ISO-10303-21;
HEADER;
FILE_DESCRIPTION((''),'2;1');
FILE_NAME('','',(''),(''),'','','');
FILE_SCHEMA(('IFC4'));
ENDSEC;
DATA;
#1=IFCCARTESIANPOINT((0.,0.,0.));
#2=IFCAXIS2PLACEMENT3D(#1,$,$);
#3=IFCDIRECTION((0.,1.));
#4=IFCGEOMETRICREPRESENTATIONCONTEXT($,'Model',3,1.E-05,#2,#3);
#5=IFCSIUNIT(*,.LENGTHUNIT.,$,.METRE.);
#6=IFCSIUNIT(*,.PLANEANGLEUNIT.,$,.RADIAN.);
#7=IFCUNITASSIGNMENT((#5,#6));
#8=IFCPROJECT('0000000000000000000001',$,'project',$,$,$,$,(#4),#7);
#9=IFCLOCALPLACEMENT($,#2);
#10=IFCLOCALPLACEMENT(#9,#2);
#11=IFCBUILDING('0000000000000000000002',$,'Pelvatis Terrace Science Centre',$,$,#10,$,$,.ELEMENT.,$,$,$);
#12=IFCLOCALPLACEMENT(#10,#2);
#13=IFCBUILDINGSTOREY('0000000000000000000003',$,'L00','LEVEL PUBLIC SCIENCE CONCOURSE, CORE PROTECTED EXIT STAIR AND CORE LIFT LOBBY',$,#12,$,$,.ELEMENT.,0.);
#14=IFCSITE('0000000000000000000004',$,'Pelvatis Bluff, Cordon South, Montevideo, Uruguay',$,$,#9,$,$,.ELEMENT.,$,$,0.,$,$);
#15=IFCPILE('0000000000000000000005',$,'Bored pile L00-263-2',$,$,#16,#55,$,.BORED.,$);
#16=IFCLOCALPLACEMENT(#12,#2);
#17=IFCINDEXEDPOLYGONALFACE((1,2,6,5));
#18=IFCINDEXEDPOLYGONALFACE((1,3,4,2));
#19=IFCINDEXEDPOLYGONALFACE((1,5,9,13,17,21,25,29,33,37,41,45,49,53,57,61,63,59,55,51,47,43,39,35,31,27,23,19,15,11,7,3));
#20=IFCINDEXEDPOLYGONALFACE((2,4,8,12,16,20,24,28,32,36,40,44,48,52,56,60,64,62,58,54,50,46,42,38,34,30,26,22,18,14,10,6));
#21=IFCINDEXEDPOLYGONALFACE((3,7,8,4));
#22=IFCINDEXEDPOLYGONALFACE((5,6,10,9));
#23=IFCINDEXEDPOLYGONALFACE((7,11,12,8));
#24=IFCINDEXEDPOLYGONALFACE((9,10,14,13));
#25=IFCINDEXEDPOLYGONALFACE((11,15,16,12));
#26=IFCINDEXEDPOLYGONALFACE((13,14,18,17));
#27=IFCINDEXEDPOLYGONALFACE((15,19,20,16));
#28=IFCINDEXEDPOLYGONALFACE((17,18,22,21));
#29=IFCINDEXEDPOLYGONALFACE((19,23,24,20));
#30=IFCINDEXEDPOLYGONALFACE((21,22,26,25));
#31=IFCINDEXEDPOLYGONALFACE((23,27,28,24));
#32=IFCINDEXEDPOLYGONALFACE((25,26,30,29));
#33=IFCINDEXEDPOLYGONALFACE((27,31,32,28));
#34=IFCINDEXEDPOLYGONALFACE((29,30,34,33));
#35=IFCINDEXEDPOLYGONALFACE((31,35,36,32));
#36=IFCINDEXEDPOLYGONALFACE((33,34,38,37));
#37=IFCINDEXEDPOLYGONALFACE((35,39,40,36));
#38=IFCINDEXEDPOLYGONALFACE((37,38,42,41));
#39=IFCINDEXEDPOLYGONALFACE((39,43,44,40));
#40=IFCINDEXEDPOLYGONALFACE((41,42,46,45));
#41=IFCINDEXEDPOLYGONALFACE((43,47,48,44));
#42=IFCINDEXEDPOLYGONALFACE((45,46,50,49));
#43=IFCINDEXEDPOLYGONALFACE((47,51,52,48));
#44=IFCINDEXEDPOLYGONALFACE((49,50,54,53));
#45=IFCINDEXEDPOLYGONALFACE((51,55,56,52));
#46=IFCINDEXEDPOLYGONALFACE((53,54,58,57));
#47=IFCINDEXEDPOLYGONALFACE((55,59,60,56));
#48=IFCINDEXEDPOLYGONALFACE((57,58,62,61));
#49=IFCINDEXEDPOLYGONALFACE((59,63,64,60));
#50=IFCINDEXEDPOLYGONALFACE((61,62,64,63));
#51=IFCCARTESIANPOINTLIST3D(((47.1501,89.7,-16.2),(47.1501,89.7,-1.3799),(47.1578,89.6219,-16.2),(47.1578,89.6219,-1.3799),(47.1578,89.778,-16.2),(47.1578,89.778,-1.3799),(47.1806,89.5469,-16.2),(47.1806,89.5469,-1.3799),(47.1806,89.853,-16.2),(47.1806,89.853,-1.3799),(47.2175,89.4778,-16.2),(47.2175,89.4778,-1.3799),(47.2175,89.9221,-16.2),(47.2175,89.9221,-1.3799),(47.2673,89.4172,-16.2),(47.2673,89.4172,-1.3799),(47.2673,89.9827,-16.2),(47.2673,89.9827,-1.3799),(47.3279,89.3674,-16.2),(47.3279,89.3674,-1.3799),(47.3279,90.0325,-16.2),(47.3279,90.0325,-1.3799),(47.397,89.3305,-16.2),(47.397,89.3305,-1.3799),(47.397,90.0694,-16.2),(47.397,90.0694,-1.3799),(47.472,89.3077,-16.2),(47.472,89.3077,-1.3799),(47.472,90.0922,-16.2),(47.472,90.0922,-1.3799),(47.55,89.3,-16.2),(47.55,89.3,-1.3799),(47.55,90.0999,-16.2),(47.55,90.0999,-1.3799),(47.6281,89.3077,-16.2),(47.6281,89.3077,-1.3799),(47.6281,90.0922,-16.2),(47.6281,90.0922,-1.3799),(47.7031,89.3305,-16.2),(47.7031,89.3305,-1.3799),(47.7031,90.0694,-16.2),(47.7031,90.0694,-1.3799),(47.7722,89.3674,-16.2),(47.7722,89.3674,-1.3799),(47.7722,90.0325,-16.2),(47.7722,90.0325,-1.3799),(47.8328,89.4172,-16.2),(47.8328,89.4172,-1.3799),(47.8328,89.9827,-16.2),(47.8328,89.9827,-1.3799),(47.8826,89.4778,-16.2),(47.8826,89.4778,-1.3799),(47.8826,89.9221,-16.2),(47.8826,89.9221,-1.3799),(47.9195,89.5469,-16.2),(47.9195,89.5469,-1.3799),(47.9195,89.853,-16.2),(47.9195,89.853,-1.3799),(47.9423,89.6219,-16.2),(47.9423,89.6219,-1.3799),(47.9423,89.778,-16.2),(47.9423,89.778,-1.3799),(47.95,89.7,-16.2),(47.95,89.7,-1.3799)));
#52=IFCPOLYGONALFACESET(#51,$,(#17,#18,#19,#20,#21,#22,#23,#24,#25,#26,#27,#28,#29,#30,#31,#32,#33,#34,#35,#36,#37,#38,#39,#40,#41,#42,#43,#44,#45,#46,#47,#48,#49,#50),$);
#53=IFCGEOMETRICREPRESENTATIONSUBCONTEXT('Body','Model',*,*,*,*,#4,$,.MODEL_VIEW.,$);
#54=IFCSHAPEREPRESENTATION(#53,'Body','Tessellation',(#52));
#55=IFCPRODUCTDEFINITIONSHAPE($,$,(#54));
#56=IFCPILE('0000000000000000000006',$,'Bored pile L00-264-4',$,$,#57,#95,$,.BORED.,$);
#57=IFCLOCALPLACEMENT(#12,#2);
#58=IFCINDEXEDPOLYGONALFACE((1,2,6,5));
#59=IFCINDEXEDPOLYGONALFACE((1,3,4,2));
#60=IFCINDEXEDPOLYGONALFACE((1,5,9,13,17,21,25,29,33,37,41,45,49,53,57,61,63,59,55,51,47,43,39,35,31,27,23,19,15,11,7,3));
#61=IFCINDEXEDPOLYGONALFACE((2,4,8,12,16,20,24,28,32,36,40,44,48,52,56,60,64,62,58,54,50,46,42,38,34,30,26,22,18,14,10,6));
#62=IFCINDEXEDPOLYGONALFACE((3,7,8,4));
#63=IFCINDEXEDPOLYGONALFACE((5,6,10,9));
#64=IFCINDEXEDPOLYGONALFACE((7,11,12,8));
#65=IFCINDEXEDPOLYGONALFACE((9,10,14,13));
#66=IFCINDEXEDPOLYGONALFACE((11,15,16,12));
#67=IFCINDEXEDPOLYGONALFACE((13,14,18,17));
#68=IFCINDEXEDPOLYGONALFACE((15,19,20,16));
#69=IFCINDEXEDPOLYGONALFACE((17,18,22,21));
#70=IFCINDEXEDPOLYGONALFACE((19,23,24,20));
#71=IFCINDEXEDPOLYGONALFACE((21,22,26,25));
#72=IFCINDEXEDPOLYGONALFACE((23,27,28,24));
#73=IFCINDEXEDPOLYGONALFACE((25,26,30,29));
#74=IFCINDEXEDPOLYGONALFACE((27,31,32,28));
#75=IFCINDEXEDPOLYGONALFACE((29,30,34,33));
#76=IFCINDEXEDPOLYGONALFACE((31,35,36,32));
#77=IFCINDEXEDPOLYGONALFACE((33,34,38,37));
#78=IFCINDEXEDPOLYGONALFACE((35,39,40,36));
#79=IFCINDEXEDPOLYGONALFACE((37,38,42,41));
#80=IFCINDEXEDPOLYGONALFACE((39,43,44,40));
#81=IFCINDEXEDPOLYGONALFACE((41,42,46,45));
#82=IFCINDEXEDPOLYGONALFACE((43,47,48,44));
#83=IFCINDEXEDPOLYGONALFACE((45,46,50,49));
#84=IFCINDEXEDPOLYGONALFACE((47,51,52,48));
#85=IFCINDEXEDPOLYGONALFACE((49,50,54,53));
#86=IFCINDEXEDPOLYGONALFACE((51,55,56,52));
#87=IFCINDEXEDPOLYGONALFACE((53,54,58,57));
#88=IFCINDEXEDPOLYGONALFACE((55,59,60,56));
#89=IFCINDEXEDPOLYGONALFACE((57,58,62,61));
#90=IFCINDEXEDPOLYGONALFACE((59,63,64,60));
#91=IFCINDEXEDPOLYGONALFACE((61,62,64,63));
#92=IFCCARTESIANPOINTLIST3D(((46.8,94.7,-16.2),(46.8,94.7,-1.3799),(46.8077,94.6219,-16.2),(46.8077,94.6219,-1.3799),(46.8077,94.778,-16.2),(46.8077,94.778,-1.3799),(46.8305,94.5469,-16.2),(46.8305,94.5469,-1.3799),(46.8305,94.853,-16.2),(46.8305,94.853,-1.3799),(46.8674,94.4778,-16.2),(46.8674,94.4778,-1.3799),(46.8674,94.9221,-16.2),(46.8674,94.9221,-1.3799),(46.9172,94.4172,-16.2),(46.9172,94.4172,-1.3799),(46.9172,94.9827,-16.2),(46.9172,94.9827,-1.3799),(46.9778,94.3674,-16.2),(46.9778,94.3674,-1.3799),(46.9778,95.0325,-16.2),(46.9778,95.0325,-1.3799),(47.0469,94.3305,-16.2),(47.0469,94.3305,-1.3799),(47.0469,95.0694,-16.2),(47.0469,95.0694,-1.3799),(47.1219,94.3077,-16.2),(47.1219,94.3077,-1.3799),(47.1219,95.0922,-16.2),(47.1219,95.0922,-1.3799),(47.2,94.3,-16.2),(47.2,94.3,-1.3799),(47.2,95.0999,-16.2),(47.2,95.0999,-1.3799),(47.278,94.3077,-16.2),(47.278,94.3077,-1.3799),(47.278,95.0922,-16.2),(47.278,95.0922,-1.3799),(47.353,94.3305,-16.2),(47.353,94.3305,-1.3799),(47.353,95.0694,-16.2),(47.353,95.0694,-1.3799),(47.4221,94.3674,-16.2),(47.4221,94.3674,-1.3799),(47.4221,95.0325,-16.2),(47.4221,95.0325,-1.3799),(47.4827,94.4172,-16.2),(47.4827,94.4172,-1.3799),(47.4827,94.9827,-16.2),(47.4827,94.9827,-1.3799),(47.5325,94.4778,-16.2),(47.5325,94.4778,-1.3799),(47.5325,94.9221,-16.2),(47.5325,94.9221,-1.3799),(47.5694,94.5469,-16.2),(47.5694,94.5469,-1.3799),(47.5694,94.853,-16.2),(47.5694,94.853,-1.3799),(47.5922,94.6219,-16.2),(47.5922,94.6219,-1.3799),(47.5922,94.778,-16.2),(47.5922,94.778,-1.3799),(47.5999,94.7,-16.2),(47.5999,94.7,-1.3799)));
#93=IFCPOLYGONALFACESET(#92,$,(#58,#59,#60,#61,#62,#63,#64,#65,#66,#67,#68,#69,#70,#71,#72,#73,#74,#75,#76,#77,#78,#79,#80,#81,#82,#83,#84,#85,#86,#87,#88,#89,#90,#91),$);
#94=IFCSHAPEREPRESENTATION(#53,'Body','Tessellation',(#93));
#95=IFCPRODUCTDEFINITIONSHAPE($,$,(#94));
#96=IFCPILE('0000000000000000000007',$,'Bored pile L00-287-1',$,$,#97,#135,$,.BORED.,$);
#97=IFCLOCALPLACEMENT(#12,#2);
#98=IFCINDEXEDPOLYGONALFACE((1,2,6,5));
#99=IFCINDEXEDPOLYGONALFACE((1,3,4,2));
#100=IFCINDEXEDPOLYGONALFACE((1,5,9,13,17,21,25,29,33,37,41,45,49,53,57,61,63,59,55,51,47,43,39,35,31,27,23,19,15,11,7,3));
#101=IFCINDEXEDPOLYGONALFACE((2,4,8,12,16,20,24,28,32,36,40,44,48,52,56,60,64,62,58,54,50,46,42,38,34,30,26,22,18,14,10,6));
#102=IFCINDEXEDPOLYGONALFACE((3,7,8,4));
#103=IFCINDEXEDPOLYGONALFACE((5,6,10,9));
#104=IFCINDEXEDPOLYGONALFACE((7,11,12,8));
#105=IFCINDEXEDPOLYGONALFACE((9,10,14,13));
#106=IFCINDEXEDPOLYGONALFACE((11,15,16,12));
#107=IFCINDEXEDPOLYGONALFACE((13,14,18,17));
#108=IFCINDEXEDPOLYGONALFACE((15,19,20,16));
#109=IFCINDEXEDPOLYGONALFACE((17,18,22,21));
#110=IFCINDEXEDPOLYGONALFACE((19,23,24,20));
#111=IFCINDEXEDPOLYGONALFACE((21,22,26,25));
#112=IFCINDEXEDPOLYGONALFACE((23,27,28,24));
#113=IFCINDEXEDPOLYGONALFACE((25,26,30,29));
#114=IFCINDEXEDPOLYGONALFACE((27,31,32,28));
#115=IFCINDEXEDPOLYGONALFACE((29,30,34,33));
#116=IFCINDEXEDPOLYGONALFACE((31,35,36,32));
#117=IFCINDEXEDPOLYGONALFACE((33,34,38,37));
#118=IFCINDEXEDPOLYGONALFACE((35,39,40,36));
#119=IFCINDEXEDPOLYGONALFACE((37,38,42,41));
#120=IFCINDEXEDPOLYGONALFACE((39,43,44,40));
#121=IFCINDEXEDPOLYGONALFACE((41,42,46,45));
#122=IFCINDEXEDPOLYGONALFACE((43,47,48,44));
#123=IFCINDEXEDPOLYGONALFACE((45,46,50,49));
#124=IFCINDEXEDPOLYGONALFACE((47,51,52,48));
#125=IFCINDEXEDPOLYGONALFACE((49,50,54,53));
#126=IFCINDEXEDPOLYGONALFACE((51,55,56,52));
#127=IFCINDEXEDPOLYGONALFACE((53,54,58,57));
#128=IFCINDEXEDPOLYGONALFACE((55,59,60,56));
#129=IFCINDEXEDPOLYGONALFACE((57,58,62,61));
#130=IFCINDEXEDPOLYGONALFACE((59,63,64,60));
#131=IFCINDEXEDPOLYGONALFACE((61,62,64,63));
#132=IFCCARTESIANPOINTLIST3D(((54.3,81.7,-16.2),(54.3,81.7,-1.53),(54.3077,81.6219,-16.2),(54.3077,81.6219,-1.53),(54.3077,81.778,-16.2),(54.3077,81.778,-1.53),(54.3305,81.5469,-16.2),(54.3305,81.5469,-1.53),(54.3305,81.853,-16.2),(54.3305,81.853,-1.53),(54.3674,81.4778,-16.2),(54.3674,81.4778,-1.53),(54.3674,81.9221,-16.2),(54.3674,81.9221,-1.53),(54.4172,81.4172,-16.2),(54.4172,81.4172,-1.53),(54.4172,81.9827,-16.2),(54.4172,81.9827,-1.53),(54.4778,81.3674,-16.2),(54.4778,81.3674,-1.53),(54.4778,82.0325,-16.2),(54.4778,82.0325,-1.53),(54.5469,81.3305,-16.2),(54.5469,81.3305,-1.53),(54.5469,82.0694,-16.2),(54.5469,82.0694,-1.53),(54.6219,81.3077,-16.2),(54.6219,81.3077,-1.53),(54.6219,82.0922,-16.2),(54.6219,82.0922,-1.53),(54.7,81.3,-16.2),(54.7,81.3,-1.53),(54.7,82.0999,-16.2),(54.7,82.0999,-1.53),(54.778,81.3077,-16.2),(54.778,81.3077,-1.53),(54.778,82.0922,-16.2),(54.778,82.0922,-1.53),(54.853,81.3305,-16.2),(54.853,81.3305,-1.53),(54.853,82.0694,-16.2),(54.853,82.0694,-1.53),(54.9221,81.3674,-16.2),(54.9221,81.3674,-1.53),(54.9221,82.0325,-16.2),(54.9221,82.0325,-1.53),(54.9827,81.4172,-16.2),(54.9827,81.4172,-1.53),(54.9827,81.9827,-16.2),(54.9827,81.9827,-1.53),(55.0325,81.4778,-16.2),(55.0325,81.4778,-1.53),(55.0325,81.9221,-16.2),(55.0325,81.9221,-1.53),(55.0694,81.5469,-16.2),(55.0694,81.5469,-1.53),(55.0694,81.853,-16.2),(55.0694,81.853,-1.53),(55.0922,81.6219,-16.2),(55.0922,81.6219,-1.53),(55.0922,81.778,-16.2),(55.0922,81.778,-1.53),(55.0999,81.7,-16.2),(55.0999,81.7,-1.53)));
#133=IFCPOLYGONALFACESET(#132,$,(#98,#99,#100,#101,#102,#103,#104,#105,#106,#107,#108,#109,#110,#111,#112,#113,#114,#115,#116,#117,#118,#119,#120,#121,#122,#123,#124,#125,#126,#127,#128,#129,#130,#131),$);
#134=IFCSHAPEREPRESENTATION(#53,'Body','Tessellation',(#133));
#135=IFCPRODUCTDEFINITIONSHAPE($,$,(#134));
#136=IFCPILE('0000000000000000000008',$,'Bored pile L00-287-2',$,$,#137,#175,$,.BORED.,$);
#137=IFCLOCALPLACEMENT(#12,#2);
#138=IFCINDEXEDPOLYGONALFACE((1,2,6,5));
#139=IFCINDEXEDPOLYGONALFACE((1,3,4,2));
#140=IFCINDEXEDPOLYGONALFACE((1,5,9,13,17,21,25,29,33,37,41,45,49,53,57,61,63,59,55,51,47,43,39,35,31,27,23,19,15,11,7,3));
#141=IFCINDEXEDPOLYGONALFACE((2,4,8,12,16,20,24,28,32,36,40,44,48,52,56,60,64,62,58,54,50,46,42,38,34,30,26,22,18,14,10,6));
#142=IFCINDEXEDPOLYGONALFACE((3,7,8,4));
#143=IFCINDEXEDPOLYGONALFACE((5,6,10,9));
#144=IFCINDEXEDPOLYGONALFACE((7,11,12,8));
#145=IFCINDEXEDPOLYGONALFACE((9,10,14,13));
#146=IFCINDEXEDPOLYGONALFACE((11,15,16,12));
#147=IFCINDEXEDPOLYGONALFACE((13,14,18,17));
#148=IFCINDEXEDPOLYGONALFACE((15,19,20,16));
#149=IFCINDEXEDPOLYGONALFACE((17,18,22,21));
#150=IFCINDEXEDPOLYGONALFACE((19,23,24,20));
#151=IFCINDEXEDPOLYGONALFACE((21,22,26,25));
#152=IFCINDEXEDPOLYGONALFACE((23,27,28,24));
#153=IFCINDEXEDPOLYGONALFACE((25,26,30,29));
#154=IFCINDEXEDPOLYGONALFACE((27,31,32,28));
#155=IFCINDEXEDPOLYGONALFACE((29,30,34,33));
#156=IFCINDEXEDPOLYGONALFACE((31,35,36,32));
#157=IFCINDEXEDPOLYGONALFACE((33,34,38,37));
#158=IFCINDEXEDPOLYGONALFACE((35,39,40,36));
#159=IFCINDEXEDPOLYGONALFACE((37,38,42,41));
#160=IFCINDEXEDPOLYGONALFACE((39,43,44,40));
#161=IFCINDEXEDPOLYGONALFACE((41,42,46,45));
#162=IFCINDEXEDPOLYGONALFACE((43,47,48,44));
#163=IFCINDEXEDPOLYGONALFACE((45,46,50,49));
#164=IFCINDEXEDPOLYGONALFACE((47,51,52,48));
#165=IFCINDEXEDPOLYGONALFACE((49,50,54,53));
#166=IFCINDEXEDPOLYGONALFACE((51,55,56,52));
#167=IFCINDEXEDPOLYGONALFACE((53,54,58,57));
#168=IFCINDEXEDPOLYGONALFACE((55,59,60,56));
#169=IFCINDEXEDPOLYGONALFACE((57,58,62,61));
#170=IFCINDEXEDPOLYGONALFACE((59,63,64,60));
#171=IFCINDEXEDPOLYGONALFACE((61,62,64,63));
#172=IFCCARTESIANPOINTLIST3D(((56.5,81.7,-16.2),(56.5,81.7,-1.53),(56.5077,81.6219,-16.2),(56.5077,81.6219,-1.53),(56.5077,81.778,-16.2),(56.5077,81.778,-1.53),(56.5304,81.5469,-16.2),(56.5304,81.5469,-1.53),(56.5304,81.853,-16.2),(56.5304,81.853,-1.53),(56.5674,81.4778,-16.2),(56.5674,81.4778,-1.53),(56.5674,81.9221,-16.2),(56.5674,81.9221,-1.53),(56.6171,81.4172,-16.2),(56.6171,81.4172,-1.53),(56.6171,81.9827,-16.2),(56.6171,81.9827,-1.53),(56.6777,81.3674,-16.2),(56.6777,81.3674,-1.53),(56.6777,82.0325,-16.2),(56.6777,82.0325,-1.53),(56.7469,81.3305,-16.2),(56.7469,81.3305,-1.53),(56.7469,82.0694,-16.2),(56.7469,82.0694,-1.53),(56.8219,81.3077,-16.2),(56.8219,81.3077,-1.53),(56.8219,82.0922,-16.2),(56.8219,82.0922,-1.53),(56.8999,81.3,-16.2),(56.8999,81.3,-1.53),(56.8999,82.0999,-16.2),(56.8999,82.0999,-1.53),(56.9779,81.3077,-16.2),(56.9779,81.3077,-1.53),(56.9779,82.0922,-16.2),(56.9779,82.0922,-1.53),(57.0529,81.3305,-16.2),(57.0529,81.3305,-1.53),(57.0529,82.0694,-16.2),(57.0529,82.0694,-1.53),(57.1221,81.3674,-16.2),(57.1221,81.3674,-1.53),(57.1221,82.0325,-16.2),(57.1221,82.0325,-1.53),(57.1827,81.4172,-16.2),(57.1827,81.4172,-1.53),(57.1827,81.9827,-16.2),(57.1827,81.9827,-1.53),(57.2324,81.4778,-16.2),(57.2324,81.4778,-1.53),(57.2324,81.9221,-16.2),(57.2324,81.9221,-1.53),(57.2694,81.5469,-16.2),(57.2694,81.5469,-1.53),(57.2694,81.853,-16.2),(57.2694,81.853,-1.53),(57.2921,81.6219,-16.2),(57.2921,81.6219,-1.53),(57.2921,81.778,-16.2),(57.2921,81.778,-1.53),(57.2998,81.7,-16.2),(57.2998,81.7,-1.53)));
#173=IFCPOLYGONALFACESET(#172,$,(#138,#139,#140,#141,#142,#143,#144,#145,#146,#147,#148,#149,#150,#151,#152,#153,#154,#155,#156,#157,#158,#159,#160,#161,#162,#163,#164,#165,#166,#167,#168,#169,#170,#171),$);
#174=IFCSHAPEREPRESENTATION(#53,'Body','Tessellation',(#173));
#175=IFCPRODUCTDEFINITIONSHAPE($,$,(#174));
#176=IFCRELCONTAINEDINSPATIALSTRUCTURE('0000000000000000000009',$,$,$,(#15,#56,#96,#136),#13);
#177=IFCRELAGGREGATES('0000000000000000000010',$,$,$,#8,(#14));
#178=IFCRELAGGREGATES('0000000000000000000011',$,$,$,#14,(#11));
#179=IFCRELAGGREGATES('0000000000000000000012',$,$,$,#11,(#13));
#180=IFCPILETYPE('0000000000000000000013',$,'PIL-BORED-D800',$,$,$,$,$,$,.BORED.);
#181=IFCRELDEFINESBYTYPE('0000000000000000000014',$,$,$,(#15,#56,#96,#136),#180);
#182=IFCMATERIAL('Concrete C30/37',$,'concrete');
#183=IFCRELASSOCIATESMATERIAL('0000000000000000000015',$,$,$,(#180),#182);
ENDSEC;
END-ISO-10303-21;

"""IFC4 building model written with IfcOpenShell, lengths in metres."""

from ifc_helpers import new_model, si_unit, direction, frame, origin, origin_2d, place, context, subcontext, project, spatial, circle, extrude, material, material_profile, profile_set, type_object, element, save


model = new_model("IFC4")

# Units and contexts
model_context = context("Model", 3, precision=1e-05, world=origin(), true_north=direction((0.0, 1.0)))
body_context = subcontext(model_context, "Body", "Model", "MODEL_VIEW")
ifc_project = project(units=[si_unit("LENGTHUNIT", "METRE"), si_unit("PLANEANGLEUNIT", "RADIAN")], contexts=[model_context])

# Site, building, storey
site_placement = place(None, origin())
site = spatial("IfcSite", under=ifc_project, at=site_placement, Name="Pelvatis Bluff, Cordon South, Montevideo, Uruguay", CompositionType="ELEMENT", RefElevation=0.0)
building_placement = place(site_placement, origin())
building = spatial("IfcBuilding", under=site, at=building_placement, Name="Pelvatis Terrace Science Centre", CompositionType="ELEMENT")
storey_placement = place(building_placement, origin())
storey = spatial("IfcBuildingStorey", under=building, at=storey_placement, Name="L00", Description="LEVEL PUBLIC SCIENCE CONCOURSE, CORE PROTECTED EXIT STAIR AND CORE LIFT LOBBY", CompositionType="ELEMENT", Elevation=0.0)

# Piles
ifc_material_1 = material(Name="Concrete C30/37", Category="concrete")
ifc_material_profile_1 = material_profile(ifc_material_1, circle(Radius=0.3999, at=origin_2d()), Name="PILE D800")
ifc_profile_set_1 = profile_set([ifc_material_profile_1], Name="Concrete C30/37")
pile_type = type_object("IfcPileType", Name="PIL-BORED-D800", PredefinedType="BORED", material=ifc_profile_set_1)
for number, where, z_axis, x_axis, name in (
    (1, (47.55, 89.7, -1.3799), (0.0, 0.0, -1.0), (1.0, 0.0, 0.0), "Bored pile L00-263-2"),
    (2, (47.2, 94.7, -1.3799), (0.0, 0.0, -1.0), (1.0, 0.0, 0.0), "Bored pile L00-264-4"),
):
    element("IfcPile", number, at=place(storey_placement, frame(where, z_axis=z_axis, x_axis=x_axis)), inside=storey, type_object=pile_type, Name=name, PredefinedType="BORED", context=body_context, shape_type="SweptSolid", body=[
        extrude(circle(Radius=0.3999, at=origin_2d()), origin(), (0.0, 0.0, 1.0), 14.8201),
    ])
for number, where, z_axis, x_axis, name in (
    (3, (54.7, 81.7, -1.53), (0.0, 0.0, -1.0), (1.0, 0.0, 0.0), "Bored pile L00-287-1"),
    (4, (56.8999, 81.7, -1.53), (0.0, 0.0, -1.0), (1.0, 0.0, 0.0), "Bored pile L00-287-2"),
):
    element("IfcPile", number, at=place(storey_placement, frame(where, z_axis=z_axis, x_axis=x_axis)), inside=storey, type_object=pile_type, Name=name, PredefinedType="BORED", context=body_context, shape_type="SweptSolid", body=[
        extrude(circle(Radius=0.3999, at=origin_2d()), origin(), (0.0, 0.0, 1.0), 14.6699),
    ])

save(model, "model.ifc")
